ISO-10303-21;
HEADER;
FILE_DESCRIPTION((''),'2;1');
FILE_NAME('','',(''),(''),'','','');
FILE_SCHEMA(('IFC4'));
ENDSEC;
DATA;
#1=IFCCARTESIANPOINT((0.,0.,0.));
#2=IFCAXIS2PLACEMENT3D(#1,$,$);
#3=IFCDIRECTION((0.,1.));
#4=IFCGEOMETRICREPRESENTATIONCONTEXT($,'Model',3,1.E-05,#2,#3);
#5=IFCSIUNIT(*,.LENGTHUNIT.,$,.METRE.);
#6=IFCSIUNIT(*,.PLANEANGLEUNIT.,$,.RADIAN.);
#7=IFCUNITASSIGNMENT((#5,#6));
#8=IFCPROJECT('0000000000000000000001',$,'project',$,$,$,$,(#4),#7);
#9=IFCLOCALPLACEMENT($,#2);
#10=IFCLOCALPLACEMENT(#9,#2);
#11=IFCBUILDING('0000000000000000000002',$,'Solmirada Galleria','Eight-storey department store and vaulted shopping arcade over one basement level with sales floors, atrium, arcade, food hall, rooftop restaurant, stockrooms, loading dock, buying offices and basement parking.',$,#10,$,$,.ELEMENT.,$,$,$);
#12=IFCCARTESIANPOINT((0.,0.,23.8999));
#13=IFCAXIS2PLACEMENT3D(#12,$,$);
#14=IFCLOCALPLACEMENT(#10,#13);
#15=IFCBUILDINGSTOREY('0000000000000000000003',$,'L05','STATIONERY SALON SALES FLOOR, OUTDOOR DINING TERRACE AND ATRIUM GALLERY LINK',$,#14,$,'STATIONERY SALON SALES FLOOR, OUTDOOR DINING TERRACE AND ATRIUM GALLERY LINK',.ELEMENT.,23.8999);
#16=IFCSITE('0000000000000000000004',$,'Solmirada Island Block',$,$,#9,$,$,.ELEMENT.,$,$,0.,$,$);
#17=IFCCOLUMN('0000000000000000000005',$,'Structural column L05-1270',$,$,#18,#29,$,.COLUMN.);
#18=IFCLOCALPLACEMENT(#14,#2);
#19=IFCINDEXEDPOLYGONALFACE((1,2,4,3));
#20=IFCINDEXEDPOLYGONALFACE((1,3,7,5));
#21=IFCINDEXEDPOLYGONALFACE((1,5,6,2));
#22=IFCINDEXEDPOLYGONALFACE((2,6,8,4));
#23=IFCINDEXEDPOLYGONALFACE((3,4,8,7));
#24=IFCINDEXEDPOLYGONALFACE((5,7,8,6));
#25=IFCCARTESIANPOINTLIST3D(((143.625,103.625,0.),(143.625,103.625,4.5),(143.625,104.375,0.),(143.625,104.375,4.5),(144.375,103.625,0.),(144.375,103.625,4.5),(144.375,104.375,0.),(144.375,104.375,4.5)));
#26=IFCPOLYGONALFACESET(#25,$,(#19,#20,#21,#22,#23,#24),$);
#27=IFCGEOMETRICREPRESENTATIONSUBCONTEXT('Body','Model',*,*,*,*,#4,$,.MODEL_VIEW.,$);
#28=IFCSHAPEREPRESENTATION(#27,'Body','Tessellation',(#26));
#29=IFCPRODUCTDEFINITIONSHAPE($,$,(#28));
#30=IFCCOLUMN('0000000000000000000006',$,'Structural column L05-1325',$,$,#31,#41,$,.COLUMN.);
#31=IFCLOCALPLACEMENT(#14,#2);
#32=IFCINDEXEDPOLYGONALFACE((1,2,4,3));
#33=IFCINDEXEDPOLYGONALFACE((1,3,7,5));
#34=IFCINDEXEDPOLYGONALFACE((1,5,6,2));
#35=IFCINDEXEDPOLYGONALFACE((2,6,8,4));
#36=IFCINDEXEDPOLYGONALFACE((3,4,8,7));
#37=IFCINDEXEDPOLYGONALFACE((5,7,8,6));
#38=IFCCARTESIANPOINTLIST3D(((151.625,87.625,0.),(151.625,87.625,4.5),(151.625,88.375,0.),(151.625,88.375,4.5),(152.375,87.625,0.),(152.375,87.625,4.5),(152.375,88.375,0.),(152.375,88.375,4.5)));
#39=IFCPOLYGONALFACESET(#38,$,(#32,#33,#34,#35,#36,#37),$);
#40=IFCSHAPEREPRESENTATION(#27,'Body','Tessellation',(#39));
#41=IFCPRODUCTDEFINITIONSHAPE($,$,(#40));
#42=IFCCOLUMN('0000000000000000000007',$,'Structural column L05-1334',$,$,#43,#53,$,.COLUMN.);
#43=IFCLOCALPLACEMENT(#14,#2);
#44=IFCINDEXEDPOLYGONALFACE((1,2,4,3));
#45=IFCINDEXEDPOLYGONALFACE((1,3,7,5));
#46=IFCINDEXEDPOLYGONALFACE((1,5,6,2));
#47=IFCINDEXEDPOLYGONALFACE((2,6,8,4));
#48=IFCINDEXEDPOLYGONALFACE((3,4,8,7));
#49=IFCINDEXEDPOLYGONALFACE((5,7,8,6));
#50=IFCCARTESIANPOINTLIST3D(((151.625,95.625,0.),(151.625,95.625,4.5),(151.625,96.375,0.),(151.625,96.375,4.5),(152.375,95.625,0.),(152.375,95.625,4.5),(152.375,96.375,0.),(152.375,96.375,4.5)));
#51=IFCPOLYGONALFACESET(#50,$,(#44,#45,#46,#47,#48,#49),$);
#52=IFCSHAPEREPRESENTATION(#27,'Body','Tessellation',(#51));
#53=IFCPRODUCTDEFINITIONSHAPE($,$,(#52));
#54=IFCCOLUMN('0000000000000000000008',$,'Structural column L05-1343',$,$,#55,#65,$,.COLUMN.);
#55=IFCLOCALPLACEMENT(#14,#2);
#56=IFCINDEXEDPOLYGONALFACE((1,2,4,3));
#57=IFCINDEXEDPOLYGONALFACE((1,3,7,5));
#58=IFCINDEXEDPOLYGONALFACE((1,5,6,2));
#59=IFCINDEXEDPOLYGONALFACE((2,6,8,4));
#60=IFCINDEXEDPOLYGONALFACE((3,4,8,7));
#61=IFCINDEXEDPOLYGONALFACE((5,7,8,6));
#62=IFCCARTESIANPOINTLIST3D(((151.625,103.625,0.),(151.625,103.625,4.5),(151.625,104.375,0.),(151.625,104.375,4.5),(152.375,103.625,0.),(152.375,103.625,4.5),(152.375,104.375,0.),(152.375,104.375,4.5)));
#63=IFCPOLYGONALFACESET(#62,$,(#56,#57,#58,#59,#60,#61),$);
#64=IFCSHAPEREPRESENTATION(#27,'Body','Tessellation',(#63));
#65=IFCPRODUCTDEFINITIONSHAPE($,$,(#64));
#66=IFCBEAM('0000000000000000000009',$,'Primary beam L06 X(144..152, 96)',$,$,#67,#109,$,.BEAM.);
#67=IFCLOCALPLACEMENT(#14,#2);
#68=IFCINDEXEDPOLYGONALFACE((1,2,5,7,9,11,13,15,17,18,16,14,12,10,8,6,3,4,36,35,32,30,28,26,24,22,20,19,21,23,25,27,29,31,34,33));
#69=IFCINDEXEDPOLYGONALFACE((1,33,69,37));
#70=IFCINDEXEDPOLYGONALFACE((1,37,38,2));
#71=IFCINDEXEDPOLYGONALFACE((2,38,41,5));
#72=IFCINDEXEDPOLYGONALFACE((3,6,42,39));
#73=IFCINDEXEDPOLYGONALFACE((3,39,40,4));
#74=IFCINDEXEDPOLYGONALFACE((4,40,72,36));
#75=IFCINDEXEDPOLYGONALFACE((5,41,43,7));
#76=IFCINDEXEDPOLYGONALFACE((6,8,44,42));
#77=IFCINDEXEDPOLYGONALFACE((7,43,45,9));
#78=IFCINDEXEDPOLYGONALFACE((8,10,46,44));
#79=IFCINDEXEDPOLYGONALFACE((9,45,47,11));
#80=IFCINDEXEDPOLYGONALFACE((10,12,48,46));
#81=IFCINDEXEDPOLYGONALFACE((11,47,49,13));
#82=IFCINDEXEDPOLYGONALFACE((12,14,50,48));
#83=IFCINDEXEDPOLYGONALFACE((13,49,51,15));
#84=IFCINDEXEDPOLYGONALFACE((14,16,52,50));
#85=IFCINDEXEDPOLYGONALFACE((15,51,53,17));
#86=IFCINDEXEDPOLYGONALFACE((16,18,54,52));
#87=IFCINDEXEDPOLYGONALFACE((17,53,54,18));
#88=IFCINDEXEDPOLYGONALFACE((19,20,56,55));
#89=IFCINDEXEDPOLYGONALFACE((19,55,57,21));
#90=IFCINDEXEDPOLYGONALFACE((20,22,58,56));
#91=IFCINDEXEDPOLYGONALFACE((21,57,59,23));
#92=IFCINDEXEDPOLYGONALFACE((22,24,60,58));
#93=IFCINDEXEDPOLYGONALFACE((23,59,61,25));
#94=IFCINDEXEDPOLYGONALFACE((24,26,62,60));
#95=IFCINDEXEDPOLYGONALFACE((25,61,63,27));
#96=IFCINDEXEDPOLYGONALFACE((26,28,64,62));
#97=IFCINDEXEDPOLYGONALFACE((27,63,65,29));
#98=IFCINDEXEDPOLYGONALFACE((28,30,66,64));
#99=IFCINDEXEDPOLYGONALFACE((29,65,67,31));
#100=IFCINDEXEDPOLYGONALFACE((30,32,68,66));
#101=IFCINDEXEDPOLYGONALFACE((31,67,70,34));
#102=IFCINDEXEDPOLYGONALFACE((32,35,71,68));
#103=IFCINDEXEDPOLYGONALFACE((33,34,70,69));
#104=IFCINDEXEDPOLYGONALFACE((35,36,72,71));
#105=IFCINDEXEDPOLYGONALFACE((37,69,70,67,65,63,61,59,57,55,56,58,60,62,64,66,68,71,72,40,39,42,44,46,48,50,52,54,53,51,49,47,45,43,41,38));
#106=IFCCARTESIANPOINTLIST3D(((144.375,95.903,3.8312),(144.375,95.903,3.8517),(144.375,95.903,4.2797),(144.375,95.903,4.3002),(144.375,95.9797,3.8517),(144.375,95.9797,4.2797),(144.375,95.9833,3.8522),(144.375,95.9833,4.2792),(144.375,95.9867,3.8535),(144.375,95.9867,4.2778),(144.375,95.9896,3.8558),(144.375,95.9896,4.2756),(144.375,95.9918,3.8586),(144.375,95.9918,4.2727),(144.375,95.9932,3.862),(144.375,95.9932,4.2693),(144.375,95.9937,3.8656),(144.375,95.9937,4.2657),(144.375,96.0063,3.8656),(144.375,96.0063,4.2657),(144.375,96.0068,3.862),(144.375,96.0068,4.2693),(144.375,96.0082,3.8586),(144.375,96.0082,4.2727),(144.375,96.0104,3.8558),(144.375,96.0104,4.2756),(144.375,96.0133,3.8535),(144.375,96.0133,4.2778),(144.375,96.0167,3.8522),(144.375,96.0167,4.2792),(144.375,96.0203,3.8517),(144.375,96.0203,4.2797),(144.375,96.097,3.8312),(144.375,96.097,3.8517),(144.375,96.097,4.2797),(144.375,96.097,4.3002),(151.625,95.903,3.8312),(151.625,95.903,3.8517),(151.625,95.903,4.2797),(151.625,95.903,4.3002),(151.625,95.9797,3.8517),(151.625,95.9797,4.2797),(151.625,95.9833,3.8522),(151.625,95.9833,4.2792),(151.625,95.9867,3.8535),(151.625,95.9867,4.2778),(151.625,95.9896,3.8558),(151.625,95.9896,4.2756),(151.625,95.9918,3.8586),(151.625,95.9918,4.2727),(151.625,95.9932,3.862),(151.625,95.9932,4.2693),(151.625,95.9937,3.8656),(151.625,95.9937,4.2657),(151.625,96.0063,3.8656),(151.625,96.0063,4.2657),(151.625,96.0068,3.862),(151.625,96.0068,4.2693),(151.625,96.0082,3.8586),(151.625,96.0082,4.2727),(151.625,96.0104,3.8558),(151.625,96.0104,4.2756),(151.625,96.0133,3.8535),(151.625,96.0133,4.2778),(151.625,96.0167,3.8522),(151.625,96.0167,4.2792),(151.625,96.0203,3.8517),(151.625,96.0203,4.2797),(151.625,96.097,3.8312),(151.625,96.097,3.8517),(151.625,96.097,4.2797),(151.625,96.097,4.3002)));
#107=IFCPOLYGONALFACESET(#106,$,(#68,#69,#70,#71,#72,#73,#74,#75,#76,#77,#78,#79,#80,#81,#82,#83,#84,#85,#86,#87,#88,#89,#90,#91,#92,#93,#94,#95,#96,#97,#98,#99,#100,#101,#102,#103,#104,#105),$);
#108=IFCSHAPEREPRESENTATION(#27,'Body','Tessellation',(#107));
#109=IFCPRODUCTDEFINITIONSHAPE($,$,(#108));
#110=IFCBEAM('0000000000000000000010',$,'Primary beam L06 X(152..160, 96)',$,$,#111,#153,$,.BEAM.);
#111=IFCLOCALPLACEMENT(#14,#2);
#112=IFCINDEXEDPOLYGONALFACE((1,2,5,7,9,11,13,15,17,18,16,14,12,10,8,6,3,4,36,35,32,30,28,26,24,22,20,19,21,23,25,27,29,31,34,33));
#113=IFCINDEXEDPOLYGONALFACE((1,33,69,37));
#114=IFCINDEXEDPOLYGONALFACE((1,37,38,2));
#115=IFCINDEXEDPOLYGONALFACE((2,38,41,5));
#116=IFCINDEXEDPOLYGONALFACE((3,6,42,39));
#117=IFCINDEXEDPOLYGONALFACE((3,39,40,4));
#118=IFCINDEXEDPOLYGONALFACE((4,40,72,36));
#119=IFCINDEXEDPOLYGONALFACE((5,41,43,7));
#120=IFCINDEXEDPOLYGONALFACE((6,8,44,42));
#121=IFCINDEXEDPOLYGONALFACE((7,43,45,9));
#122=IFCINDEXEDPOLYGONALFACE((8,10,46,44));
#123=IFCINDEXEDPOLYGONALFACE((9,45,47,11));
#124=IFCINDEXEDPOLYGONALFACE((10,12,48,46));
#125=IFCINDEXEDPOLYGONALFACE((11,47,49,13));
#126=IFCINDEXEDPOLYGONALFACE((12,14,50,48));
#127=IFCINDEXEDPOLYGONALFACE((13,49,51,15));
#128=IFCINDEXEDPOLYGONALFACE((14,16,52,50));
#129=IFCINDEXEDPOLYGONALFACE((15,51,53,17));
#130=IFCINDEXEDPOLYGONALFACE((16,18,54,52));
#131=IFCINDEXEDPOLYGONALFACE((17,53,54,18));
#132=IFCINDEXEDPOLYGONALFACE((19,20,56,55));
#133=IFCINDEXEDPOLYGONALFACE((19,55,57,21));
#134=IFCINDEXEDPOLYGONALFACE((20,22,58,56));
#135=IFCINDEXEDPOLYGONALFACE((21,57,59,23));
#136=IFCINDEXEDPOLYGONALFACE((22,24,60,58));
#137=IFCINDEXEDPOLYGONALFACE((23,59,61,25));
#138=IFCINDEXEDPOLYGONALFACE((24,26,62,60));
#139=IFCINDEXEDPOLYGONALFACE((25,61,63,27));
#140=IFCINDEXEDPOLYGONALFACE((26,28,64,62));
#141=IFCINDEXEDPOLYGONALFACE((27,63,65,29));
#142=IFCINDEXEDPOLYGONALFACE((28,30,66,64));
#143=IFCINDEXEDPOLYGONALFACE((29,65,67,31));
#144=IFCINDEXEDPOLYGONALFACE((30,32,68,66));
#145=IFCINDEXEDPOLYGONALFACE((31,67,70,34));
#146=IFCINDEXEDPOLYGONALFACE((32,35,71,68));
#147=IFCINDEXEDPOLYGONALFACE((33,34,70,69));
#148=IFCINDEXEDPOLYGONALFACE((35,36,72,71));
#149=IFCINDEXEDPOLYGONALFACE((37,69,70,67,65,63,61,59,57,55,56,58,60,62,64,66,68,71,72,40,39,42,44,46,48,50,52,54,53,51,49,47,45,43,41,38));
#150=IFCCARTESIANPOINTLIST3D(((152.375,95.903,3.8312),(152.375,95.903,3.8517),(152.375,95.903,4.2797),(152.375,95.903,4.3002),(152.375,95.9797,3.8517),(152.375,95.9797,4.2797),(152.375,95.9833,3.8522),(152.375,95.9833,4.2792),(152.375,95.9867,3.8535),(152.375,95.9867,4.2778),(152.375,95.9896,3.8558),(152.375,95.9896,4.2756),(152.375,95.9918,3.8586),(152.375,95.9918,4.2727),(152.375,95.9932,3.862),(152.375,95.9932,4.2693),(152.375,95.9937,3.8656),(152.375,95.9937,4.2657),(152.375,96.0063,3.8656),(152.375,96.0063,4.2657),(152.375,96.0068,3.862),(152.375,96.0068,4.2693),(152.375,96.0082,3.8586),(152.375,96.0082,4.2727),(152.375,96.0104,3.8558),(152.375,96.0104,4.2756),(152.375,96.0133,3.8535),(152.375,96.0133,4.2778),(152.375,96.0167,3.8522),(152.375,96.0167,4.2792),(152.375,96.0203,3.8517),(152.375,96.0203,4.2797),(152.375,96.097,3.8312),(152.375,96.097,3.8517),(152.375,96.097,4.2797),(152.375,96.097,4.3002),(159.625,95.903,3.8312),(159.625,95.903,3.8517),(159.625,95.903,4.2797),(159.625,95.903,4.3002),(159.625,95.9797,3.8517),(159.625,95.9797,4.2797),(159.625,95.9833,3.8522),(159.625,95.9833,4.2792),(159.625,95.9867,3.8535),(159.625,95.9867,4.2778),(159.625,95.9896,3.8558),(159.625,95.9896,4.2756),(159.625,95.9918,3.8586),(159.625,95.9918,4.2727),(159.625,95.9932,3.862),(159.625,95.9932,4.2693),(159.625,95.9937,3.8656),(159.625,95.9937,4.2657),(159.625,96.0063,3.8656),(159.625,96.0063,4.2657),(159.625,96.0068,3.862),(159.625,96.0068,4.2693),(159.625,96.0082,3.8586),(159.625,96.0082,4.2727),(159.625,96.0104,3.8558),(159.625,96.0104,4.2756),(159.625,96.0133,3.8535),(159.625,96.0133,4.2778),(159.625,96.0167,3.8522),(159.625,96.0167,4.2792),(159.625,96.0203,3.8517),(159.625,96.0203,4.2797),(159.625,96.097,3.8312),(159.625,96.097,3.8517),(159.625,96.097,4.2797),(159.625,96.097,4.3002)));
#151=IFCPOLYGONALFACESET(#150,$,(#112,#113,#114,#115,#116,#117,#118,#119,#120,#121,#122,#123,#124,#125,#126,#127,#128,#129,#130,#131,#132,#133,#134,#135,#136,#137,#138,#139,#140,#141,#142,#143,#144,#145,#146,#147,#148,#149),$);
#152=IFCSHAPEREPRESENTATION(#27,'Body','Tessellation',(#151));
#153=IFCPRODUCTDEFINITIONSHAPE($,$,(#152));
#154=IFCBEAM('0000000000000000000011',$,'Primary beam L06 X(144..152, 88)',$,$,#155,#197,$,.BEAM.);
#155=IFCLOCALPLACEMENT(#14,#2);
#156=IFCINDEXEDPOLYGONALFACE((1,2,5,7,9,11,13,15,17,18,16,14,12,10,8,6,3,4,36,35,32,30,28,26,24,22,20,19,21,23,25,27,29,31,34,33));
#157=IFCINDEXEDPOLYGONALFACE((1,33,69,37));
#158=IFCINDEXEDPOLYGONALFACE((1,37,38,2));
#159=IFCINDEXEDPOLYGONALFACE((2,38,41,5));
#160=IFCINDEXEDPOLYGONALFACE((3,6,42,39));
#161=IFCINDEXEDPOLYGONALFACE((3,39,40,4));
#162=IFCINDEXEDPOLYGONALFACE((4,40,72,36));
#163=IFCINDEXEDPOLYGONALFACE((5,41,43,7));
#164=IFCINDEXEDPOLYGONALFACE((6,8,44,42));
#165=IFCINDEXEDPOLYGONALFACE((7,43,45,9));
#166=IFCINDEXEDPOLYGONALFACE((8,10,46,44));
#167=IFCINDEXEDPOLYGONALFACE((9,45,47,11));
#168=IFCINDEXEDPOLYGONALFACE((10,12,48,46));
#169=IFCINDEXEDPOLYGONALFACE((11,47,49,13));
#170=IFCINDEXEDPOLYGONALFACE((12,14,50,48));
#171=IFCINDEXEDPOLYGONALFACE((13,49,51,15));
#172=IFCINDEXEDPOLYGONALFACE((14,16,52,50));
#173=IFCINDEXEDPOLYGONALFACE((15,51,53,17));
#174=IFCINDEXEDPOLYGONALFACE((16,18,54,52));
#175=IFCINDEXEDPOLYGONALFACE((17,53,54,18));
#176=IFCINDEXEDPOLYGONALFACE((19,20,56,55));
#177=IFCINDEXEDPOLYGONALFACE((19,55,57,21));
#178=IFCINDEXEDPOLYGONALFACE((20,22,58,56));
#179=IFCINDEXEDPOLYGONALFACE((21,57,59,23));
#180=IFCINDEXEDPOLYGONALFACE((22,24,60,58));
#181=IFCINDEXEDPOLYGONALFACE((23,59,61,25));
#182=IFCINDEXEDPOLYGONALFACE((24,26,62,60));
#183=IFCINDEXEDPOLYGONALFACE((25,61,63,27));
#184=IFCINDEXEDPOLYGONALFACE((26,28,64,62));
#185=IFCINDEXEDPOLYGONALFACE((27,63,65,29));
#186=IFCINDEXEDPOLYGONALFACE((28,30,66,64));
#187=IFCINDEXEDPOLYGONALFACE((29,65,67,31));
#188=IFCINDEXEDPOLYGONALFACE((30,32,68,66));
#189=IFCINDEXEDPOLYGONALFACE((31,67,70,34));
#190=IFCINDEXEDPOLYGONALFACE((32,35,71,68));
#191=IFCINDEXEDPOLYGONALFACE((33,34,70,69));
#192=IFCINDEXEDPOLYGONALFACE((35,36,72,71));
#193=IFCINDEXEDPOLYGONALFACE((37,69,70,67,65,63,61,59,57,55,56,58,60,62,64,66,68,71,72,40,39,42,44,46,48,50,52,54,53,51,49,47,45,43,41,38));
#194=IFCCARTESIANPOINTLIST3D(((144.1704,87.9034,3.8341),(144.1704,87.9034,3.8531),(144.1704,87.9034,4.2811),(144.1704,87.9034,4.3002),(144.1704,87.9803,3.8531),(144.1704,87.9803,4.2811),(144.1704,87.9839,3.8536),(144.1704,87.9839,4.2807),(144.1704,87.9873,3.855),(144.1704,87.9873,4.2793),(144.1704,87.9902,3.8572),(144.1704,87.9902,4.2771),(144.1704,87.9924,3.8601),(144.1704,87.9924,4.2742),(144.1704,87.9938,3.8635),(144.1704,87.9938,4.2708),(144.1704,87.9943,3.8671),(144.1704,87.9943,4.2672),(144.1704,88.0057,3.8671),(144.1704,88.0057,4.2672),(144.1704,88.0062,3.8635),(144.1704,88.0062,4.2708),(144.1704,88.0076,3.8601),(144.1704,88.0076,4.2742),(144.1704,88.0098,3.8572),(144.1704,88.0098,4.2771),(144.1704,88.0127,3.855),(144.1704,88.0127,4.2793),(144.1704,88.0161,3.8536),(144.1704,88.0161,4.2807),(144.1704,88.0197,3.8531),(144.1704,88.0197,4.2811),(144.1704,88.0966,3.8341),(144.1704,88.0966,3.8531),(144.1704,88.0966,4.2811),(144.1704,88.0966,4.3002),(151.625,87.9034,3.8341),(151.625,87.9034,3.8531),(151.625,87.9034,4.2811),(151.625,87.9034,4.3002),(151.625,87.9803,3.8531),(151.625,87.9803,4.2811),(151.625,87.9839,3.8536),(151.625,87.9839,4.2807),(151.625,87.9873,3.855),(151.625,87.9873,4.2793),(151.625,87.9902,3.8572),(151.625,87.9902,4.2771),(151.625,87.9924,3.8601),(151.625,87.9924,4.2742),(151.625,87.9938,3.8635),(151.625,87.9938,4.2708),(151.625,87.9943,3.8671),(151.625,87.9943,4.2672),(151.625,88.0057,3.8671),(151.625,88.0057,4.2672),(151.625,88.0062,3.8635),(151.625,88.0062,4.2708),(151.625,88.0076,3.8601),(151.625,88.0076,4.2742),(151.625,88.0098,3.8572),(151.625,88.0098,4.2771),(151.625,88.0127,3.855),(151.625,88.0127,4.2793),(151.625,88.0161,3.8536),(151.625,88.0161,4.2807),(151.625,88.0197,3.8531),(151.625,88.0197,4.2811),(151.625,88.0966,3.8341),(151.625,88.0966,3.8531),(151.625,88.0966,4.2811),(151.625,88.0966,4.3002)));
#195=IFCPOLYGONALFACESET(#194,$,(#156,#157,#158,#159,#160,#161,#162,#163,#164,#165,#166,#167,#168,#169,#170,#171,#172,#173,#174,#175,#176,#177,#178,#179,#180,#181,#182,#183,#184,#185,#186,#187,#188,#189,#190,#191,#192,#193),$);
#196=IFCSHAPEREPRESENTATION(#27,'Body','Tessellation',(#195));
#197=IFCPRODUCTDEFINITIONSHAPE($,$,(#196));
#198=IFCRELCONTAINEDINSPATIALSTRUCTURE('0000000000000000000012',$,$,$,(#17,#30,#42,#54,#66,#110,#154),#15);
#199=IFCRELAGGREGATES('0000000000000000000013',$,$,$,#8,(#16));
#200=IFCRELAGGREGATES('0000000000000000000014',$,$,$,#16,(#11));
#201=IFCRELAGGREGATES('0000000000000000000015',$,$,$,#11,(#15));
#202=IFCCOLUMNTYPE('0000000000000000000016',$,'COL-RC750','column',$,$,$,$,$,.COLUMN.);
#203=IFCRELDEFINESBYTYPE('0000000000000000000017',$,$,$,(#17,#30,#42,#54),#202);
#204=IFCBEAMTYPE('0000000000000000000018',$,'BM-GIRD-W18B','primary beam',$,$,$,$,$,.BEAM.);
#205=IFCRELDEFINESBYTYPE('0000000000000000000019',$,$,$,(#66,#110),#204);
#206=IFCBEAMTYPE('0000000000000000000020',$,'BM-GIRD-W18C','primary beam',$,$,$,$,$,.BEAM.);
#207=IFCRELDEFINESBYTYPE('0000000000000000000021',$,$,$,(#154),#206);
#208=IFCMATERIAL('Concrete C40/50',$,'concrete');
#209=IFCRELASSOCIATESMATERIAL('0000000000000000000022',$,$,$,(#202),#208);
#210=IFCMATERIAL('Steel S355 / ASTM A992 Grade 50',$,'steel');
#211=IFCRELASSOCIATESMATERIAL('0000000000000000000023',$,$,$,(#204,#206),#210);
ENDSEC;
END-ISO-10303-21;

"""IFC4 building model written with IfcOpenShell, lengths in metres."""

from ifc_helpers import new_model, si_unit, direction, frame, origin, origin_2d, place, context, subcontext, project, spatial, rectangle, i_section, extrude, material, material_profile, profile_set, type_object, element, save


model = new_model("IFC4")

# Units and contexts
model_context = context("Model", 3, precision=1e-05, world=origin(), true_north=direction((0.0, 1.0)))
body_context = subcontext(model_context, "Body", "Model", "MODEL_VIEW")
ifc_project = project(units=[si_unit("LENGTHUNIT", "METRE"), si_unit("PLANEANGLEUNIT", "RADIAN")], contexts=[model_context])

# Site, building, storey
site_placement = place(None, origin())
site = spatial("IfcSite", under=ifc_project, at=site_placement, Name="Solmirada Island Block", CompositionType="ELEMENT", RefElevation=0.0)
building_placement = place(site_placement, origin())
building = spatial("IfcBuilding", under=site, at=building_placement, Name="Solmirada Galleria", Description="Eight-storey department store and vaulted shopping arcade over one basement level with sales floors, atrium, arcade, food hall, rooftop restaurant, stockrooms, loading dock, buying offices and basement parking.", CompositionType="ELEMENT")
storey_placement = place(building_placement, frame((0.0, 0.0, 23.8999)))
storey = spatial("IfcBuildingStorey", under=building, at=storey_placement, Name="L05", Description="STATIONERY SALON SALES FLOOR, OUTDOOR DINING TERRACE AND ATRIUM GALLERY LINK", LongName="STATIONERY SALON SALES FLOOR, OUTDOOR DINING TERRACE AND ATRIUM GALLERY LINK", CompositionType="ELEMENT", Elevation=23.8999)

# Columns
ifc_material_1 = material(Name="Concrete C40/50", Category="concrete")
ifc_material_profile_1 = material_profile(ifc_material_1, rectangle(XDim=0.75, YDim=0.75, at=origin_2d()), Name="RC750X750")
ifc_profile_set_1 = profile_set([ifc_material_profile_1], Name="Concrete C40/50")
column_type = type_object("IfcColumnType", Name="COL-RC750", Description="column", PredefinedType="COLUMN", material=ifc_profile_set_1)
for number, where, z_axis, x_axis, name in (
    (1, (144.0, 104.0, 0.0), (0.0, 0.0, 1.0), (1.0, 0.0, 0.0), "Structural column L05-1270"),
    (2, (152.0, 88.0, 0.0), (0.0, 0.0, 1.0), (1.0, 0.0, 0.0), "Structural column L05-1325"),
    (3, (152.0, 96.0, 0.0), (0.0, 0.0, 1.0), (1.0, 0.0, 0.0), "Structural column L05-1334"),
    (4, (152.0, 104.0, 0.0), (0.0, 0.0, 1.0), (1.0, 0.0, 0.0), "Structural column L05-1343"),
):
    element("IfcColumn", number, at=place(storey_placement, frame(where, z_axis=z_axis, x_axis=x_axis)), inside=storey, type_object=column_type, Name=name, PredefinedType="COLUMN", context=body_context, shape_type="SweptSolid", body=[
        extrude(rectangle(XDim=0.75, YDim=0.75, at=origin_2d()), origin(), (0.0, 0.0, 1.0), 4.5),
    ])

# Beams
ifc_material_2 = material(Name="Steel S355 / ASTM A992 Grade 50", Category="steel")
ifc_material_profile_2 = material_profile(ifc_material_2, i_section(OverallWidth=0.1941, OverallDepth=0.469, WebThickness=0.0127, FlangeThickness=0.0205, FilletRadius=0.0139, at=origin_2d()), Name="W18X71")
ifc_profile_set_2 = profile_set([ifc_material_profile_2], Name="Steel S355 / ASTM A992 Grade 50")
beam_type_1 = type_object("IfcBeamType", Name="BM-GIRD-W18B", Description="primary beam", PredefinedType="BEAM", material=ifc_profile_set_2)
for number, where, z_axis, x_axis, name in (
    (5, (144.375, 96.0, 4.0657), (1.0, 0.0, 0.0), (0.0, 1.0, 0.0), "Primary beam L06 X(144..152, 96)"),
    (6, (152.375, 96.0, 4.0657), (1.0, 0.0, 0.0), (0.0, 1.0, 0.0), "Primary beam L06 X(152..160, 96)"),
):
    element("IfcBeam", number, at=place(storey_placement, frame(where, z_axis=z_axis, x_axis=x_axis)), inside=storey, type_object=beam_type_1, Name=name, PredefinedType="BEAM", context=body_context, shape_type="SweptSolid", body=[
        extrude(i_section(OverallWidth=0.1941, OverallDepth=0.469, WebThickness=0.0127, FlangeThickness=0.0205, FilletRadius=0.0139, at=origin_2d()), origin(), (0.0, 0.0, 1.0), 7.25),
    ])
ifc_material_profile_3 = material_profile(ifc_material_2, i_section(OverallWidth=0.1931, OverallDepth=0.4661, WebThickness=0.0115, FlangeThickness=0.019, FilletRadius=0.0139, at=origin_2d()), Name="W18X65")
ifc_profile_set_3 = profile_set([ifc_material_profile_3], Name="Steel S355 / ASTM A992 Grade 50")
beam_type_2 = type_object("IfcBeamType", Name="BM-GIRD-W18C", Description="primary beam", PredefinedType="BEAM", material=ifc_profile_set_3)
beam_placement = place(storey_placement, frame((144.1704, 88.0, 4.0671), z_axis=(1.0, 0.0, 0.0), x_axis=(0.0, 1.0, 0.0)))
element("IfcBeam", 7, at=beam_placement, inside=storey, type_object=beam_type_2, Name="Primary beam L06 X(144..152, 88)", PredefinedType="BEAM", context=body_context, shape_type="SweptSolid", body=[
    extrude(i_section(OverallWidth=0.1931, OverallDepth=0.4661, WebThickness=0.0115, FlangeThickness=0.019, FilletRadius=0.0139, at=origin_2d()), origin(), (0.0, 0.0, 1.0), 7.4546),
])

save(model, "model.ifc")
